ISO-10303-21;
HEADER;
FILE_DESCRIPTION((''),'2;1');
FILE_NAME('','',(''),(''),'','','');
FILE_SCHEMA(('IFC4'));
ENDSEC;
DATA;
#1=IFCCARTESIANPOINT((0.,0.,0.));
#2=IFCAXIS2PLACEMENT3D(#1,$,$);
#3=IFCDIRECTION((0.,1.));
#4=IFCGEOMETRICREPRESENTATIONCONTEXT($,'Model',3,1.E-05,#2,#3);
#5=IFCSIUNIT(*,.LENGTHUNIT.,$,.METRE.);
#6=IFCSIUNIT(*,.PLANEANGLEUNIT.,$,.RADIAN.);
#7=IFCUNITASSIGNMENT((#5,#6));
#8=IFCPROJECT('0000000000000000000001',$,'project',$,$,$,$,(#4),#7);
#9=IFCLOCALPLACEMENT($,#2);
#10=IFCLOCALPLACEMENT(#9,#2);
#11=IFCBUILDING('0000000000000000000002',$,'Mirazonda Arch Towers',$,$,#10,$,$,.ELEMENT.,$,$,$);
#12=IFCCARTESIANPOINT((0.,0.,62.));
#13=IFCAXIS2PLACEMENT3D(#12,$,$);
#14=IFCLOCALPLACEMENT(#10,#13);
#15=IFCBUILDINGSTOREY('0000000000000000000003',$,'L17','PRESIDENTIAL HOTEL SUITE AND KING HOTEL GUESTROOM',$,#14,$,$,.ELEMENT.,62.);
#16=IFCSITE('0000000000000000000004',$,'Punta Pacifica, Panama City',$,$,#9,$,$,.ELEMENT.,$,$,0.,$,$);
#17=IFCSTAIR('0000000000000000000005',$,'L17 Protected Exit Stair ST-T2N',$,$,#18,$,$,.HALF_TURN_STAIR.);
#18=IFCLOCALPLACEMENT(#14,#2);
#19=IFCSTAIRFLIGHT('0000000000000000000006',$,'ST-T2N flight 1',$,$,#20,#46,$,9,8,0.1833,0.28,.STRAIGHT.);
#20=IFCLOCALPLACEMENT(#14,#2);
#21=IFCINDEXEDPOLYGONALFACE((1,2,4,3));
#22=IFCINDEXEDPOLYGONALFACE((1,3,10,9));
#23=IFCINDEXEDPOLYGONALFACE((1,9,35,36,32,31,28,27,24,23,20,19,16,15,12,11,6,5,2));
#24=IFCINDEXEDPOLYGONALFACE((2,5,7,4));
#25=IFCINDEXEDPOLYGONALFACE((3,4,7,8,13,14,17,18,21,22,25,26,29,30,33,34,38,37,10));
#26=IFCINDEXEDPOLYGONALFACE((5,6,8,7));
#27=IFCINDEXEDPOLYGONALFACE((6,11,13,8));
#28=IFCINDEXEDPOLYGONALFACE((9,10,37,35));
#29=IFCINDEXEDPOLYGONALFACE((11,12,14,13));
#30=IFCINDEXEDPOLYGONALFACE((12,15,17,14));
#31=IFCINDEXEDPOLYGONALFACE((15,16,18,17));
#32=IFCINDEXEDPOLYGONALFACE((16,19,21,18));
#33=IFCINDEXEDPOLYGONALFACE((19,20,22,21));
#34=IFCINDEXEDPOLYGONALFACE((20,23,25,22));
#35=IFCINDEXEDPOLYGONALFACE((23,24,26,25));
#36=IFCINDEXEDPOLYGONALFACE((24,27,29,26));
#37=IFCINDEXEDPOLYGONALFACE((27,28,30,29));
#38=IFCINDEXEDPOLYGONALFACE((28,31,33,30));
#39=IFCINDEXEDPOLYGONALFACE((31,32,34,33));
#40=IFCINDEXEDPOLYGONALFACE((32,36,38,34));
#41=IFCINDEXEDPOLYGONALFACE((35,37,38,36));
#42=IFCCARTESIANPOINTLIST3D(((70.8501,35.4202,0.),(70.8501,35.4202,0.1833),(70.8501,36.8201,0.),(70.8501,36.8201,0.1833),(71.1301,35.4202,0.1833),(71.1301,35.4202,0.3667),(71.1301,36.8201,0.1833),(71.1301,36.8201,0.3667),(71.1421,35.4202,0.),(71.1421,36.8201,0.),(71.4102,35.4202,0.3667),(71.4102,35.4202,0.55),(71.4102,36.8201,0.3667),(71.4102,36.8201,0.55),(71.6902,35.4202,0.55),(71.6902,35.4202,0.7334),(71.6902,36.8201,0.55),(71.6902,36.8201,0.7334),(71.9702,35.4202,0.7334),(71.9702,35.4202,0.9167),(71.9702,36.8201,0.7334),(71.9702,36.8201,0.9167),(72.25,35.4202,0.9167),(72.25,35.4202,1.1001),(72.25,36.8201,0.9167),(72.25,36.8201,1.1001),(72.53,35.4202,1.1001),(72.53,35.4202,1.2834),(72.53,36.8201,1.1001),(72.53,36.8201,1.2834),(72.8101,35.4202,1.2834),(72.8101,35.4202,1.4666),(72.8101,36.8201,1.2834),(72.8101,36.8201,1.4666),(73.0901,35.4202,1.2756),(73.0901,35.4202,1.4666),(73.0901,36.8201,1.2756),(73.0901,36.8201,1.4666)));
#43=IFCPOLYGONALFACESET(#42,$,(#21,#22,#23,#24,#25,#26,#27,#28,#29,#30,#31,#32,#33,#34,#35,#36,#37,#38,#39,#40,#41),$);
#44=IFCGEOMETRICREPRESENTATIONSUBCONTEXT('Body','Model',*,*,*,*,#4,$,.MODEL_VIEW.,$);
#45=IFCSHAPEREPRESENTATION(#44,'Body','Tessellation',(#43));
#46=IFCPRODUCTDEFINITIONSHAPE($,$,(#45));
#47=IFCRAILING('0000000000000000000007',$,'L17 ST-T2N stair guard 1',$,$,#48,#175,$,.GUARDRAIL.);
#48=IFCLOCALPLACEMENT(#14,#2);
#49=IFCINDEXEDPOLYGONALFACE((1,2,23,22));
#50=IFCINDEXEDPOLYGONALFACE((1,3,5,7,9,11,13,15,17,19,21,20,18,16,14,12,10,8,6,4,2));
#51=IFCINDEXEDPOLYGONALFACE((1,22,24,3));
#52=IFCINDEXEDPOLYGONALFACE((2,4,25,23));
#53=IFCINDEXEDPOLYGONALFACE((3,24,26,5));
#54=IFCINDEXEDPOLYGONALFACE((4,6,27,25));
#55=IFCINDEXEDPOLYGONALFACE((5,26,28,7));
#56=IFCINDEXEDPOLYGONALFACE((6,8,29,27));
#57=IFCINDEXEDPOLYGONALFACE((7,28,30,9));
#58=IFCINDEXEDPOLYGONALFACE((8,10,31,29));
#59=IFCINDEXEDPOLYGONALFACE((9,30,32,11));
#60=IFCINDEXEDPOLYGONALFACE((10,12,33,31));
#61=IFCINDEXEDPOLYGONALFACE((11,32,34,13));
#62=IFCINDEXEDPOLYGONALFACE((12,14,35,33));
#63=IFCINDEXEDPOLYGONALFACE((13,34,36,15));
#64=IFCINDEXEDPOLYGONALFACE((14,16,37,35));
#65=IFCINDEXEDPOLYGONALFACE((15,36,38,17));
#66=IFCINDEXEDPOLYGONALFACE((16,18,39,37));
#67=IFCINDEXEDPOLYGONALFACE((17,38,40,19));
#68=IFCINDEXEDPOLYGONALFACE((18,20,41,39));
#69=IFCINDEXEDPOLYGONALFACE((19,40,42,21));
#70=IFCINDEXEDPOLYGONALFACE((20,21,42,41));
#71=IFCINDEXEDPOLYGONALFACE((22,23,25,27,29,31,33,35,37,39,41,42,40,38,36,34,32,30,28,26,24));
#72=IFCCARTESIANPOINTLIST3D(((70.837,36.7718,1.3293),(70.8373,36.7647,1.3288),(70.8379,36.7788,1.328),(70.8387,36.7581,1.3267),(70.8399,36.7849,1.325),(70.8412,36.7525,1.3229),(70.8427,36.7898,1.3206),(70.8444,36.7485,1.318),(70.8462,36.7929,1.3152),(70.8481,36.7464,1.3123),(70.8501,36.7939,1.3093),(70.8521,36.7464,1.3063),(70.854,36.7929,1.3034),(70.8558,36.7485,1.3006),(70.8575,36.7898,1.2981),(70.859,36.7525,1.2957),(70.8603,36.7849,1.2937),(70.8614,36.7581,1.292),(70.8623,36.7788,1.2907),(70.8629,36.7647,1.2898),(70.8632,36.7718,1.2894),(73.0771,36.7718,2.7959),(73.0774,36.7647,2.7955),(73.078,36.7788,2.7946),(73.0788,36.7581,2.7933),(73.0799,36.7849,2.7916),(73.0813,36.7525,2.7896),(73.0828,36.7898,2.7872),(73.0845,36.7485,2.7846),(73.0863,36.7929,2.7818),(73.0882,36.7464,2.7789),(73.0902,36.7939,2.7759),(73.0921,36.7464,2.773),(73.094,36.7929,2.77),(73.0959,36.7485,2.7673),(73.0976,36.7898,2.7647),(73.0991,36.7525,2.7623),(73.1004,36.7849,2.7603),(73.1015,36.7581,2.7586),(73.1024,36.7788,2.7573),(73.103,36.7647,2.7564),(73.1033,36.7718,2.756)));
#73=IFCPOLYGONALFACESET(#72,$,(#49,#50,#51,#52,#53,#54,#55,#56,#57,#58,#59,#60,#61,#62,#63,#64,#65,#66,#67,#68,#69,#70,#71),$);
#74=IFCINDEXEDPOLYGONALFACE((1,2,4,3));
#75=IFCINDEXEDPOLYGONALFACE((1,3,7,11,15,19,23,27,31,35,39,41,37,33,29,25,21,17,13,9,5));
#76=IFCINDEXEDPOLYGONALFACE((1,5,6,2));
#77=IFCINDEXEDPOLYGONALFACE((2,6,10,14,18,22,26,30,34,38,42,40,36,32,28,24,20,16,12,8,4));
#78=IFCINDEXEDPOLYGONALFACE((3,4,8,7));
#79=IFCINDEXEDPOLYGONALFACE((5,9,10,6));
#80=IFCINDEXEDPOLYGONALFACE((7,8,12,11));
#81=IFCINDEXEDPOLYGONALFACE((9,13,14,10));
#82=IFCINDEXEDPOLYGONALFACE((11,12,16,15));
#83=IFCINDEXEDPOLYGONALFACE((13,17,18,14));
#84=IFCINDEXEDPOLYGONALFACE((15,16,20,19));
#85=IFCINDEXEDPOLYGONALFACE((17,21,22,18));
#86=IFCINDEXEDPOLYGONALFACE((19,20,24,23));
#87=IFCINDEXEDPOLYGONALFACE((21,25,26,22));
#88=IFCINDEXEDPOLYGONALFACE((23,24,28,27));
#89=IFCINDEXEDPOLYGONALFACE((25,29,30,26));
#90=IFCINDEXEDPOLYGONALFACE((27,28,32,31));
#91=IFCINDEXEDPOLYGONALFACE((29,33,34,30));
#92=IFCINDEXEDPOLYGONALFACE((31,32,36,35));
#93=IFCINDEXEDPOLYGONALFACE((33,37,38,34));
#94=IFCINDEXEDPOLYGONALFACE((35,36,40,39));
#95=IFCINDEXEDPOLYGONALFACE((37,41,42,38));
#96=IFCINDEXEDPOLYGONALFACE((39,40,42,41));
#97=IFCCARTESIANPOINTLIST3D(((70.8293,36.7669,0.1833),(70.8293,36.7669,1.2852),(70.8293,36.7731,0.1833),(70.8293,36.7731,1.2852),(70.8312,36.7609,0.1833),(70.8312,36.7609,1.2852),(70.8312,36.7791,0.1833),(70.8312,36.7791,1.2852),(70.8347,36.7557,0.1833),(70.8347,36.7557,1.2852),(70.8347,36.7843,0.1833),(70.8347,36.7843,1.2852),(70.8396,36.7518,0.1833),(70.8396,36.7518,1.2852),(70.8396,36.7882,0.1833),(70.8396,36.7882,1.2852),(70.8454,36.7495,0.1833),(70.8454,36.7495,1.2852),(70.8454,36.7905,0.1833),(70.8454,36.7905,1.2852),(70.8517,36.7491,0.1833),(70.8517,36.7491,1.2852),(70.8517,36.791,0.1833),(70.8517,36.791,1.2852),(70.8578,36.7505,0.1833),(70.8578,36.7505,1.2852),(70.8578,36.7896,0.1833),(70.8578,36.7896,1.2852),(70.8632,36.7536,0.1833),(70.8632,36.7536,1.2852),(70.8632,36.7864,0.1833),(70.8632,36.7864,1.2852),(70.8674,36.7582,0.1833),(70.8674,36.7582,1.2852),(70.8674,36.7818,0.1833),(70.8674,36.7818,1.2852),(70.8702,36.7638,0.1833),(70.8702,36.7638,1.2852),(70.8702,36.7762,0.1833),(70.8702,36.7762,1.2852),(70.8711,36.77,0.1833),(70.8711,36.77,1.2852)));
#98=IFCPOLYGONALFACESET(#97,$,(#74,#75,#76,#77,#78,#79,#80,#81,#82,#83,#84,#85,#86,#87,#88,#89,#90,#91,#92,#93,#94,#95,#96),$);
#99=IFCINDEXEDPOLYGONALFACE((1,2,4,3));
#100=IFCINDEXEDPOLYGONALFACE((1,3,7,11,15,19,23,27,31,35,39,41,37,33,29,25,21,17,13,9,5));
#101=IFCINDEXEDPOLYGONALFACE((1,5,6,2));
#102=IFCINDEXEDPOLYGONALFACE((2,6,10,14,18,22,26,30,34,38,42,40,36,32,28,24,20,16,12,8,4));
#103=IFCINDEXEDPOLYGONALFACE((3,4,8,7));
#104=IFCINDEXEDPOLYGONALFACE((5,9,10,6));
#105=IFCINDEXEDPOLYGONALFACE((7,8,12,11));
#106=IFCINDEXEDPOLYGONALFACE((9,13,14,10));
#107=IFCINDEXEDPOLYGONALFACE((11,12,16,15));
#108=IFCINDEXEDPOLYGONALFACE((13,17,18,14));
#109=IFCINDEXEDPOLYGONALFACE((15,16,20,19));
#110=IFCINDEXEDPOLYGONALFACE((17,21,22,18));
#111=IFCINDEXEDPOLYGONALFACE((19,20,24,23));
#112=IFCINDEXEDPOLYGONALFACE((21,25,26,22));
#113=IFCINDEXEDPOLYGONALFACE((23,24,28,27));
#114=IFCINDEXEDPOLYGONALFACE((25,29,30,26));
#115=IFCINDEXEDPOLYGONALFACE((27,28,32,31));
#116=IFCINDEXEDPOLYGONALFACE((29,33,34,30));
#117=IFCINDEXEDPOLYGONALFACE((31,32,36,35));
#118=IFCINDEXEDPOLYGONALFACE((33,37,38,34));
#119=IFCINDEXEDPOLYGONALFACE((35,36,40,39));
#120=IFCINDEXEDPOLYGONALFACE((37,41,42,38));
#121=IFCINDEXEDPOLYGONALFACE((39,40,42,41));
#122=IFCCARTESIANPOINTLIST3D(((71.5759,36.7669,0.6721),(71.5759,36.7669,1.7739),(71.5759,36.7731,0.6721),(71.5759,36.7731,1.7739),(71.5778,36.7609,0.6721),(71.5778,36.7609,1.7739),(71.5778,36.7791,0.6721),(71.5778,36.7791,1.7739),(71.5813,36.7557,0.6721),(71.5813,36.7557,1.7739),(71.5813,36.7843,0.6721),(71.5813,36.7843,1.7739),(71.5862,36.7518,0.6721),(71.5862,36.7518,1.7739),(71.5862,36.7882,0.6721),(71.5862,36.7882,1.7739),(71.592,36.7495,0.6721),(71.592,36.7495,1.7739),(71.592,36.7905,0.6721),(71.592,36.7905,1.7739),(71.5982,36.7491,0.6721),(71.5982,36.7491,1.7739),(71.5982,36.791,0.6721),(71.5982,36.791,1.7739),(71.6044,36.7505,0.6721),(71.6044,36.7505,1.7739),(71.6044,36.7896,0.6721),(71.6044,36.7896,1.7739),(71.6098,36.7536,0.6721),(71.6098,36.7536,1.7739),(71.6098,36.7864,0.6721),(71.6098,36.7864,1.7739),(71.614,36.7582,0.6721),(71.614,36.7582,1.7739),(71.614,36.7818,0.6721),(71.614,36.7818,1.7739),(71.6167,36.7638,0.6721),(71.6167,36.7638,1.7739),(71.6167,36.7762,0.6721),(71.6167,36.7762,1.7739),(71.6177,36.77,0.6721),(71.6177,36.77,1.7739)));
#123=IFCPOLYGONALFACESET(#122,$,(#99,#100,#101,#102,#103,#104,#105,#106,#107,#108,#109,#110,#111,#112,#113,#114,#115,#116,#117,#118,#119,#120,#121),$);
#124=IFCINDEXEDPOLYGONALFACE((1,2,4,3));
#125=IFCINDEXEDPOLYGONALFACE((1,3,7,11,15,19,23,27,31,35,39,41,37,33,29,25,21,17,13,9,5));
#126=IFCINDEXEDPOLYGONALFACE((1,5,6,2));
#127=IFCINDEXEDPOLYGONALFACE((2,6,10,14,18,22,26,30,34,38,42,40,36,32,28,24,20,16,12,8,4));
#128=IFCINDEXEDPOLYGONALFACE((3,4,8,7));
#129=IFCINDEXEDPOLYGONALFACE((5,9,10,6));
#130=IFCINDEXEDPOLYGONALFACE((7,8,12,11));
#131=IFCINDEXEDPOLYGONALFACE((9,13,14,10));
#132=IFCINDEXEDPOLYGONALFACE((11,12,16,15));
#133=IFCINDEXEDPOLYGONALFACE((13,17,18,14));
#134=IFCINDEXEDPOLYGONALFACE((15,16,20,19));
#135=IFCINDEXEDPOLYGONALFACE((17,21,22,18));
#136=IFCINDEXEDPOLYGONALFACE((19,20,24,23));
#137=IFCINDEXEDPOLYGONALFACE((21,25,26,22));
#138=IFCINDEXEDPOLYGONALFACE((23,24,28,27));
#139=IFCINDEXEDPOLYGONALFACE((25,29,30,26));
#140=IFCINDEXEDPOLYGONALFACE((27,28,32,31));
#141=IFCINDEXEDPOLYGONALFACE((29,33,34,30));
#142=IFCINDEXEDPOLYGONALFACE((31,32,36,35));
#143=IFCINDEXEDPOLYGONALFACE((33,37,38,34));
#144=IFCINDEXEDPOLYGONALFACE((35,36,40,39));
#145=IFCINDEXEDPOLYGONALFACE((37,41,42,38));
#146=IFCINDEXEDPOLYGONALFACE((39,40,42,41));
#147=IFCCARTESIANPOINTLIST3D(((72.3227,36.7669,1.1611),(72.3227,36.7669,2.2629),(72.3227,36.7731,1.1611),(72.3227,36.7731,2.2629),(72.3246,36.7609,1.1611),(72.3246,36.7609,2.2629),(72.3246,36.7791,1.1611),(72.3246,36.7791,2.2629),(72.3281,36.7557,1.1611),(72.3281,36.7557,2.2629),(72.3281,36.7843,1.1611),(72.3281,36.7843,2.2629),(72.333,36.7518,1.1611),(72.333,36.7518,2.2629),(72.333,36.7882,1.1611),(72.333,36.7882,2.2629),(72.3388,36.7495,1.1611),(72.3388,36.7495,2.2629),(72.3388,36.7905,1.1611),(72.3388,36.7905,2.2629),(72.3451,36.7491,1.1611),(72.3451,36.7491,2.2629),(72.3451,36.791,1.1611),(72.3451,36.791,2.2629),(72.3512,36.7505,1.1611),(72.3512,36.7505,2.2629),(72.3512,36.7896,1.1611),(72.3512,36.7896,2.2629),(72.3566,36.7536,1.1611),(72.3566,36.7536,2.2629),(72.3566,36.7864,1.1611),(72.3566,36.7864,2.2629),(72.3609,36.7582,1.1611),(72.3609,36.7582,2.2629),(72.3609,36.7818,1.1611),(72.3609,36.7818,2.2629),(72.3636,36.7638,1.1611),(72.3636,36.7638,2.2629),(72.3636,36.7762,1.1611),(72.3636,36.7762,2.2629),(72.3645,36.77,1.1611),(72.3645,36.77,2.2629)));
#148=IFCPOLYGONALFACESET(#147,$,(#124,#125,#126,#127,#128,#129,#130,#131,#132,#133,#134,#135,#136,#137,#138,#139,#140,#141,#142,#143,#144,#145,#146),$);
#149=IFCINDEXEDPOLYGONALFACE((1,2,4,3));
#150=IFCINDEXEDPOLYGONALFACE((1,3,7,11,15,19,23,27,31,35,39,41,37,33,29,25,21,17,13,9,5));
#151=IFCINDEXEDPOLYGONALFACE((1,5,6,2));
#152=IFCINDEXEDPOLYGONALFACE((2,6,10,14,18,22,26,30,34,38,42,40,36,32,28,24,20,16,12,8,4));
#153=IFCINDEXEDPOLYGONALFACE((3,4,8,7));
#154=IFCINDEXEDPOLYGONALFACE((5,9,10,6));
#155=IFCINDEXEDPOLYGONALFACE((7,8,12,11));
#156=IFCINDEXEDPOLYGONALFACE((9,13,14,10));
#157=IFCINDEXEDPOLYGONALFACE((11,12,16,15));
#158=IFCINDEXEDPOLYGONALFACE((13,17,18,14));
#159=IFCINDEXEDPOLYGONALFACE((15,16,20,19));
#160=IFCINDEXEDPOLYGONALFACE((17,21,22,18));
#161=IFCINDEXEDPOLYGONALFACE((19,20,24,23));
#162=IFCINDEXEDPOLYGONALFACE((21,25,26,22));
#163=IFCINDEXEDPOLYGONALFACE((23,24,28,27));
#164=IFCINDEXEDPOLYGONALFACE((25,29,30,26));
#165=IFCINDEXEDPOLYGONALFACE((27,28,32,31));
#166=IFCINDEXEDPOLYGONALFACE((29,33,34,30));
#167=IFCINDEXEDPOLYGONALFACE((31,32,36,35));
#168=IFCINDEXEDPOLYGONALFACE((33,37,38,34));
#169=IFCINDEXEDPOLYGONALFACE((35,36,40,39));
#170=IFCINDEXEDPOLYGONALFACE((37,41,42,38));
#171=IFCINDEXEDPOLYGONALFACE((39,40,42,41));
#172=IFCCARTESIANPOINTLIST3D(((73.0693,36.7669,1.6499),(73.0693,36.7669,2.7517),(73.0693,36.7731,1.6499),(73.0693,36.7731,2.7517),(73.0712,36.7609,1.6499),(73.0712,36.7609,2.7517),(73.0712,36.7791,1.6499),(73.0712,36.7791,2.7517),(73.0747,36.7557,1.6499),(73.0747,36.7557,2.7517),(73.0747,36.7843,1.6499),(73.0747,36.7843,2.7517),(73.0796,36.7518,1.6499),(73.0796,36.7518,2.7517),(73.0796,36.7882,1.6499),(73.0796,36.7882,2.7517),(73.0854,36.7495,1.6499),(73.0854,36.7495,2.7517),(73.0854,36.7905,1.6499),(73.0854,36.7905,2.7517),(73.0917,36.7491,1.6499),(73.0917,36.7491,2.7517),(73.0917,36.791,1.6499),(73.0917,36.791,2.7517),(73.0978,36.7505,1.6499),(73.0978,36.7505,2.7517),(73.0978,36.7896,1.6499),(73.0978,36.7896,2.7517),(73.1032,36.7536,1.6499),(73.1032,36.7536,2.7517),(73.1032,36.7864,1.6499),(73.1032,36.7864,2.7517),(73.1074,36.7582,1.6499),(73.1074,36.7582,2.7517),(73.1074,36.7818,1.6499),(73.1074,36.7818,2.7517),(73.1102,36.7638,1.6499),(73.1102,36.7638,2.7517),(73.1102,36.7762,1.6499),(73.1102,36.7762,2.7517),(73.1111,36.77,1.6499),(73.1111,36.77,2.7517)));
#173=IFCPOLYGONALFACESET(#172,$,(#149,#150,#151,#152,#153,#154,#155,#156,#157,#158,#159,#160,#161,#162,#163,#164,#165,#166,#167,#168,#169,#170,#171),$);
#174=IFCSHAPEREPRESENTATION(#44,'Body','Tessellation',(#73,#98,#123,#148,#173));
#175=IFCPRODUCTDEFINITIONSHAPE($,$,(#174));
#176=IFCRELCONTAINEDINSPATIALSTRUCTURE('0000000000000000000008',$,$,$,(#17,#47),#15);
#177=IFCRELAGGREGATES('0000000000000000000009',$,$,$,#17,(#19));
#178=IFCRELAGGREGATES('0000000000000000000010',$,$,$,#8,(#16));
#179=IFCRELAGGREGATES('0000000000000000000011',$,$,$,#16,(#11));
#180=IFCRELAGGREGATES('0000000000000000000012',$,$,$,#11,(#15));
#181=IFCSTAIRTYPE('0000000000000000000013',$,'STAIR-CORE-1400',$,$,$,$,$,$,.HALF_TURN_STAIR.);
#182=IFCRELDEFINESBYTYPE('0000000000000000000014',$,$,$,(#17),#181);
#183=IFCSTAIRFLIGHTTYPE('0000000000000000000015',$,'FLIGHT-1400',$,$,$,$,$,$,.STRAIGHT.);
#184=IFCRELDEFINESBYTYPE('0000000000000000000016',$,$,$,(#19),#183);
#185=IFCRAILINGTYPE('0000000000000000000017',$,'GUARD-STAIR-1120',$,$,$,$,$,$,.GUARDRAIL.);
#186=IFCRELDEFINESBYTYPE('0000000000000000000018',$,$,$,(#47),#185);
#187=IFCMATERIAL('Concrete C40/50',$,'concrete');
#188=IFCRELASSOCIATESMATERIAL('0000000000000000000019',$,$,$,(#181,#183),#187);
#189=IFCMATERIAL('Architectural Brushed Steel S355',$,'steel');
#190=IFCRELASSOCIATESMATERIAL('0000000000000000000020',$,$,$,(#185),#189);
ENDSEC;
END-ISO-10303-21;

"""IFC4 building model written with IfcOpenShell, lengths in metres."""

from ifc_helpers import new_model, si_unit, direction, frame, origin, origin_2d, place, context, subcontext, project, spatial, polyline, circle, outline, extrude, material, type_object, element, aggregate, save


model = new_model("IFC4")

# Units and contexts
model_context = context("Model", 3, precision=1e-05, world=origin(), true_north=direction((0.0, 1.0)))
body_context = subcontext(model_context, "Body", "Model", "MODEL_VIEW")
ifc_project = project(units=[si_unit("LENGTHUNIT", "METRE"), si_unit("PLANEANGLEUNIT", "RADIAN")], contexts=[model_context])

# Site, building, storey
site_placement = place(None, origin())
site = spatial("IfcSite", under=ifc_project, at=site_placement, Name="Punta Pacifica, Panama City", CompositionType="ELEMENT", RefElevation=0.0)
building_placement = place(site_placement, origin())
building = spatial("IfcBuilding", under=site, at=building_placement, Name="Mirazonda Arch Towers", CompositionType="ELEMENT")
storey_placement = place(building_placement, frame((0.0, 0.0, 62.0)))
storey = spatial("IfcBuildingStorey", under=building, at=storey_placement, Name="L17", Description="PRESIDENTIAL HOTEL SUITE AND KING HOTEL GUESTROOM", CompositionType="ELEMENT", Elevation=62.0)

# Stair, stair flight
ifc_material_1 = material(Name="Concrete C40/50", Category="concrete")
stair_type = type_object("IfcStairType", Name="STAIR-CORE-1400", PredefinedType="HALF_TURN_STAIR", material=ifc_material_1)
stair_placement = place(storey_placement, origin())
stair = element("IfcStair", 1, at=stair_placement, inside=storey, type_object=stair_type, Name="L17 Protected Exit Stair ST-T2N", PredefinedType="HALF_TURN_STAIR")
stair_flight_type = type_object("IfcStairFlightType", Name="FLIGHT-1400", PredefinedType="STRAIGHT", material=ifc_material_1)
stair_flight_placement = place(storey_placement, frame((70.8501, 36.1201, 0.0), z_axis=(0.0, 0.0, 1.0), x_axis=(1.0, 0.0, 0.0)))
stair_flight = element("IfcStairFlight", 2, at=stair_flight_placement, type_object=stair_flight_type, Name="ST-T2N flight 1", NumberOfRisers=9, NumberOfTreads=8, PredefinedType="STRAIGHT", RiserHeight=0.1833, TreadLength=0.28, context=body_context, shape_type="SweptSolid", body=[
    extrude(outline(polyline([(0.0, 0.0), (0.0, 0.1833), (0.28, 0.1833), (0.28, 0.3667), (0.5601, 0.3667), (0.5601, 0.55), (0.8401, 0.55), (0.8401, 0.7334), (1.1201, 0.7334), (1.1201, 0.9167), (1.3999, 0.9167), (1.3999, 1.1001), (1.6799, 1.1001), (1.6799, 1.2834), (1.96, 1.2834), (1.96, 1.4666), (2.24, 1.4666), (2.24, 1.6499), (2.24, 1.2756), (0.292, 0.0), (0.0, 0.0)])), frame((0.0, 0.7, 0.0), z_axis=(0.0, -1.0, 0.0), x_axis=(1.0, 0.0, 0.0)), (0.0, 0.0, 1.0), 1.3999),
])
aggregate(stair, [stair_flight])

# Railing
ifc_material_2 = material(Name="Architectural Brushed Steel S355", Category="steel")
railing_type_1 = type_object("IfcRailingType", Name="GUARD-STAIR-1120", PredefinedType="GUARDRAIL", material=ifc_material_2)
railing_1_placement = place(storey_placement, frame((70.8501, 36.77, 0.1833)))
element("IfcRailing", 3, at=railing_1_placement, inside=storey, type_object=railing_type_1, Name="L17 ST-T2N stair guard 1", PredefinedType="GUARDRAIL", context=body_context, shape_type="SweptSolid", body=[
    extrude(circle(Radius=0.0239, at=origin_2d()), frame((0.0, 0.0, 1.126), z_axis=(0.836637, 0.0, 0.547758), x_axis=(0.0, 1.0, 0.0)), (0.0, 0.0, 1.0), 2.6775),
    extrude(circle(Radius=0.021, at=origin_2d()), origin(), (0.0, 0.0, 1.0), 1.1018),
    extrude(circle(Radius=0.021, at=origin_2d()), frame((0.7466, 0.0, 0.4888)), (0.0, 0.0, 1.0), 1.1018),
    extrude(circle(Radius=0.021, at=origin_2d()), frame((1.4934, 0.0, 0.9778)), (0.0, 0.0, 1.0), 1.1018),
    extrude(circle(Radius=0.021, at=origin_2d()), frame((2.24, 0.0, 1.4666)), (0.0, 0.0, 1.0), 1.1018),
])

save(model, "model.ifc")
